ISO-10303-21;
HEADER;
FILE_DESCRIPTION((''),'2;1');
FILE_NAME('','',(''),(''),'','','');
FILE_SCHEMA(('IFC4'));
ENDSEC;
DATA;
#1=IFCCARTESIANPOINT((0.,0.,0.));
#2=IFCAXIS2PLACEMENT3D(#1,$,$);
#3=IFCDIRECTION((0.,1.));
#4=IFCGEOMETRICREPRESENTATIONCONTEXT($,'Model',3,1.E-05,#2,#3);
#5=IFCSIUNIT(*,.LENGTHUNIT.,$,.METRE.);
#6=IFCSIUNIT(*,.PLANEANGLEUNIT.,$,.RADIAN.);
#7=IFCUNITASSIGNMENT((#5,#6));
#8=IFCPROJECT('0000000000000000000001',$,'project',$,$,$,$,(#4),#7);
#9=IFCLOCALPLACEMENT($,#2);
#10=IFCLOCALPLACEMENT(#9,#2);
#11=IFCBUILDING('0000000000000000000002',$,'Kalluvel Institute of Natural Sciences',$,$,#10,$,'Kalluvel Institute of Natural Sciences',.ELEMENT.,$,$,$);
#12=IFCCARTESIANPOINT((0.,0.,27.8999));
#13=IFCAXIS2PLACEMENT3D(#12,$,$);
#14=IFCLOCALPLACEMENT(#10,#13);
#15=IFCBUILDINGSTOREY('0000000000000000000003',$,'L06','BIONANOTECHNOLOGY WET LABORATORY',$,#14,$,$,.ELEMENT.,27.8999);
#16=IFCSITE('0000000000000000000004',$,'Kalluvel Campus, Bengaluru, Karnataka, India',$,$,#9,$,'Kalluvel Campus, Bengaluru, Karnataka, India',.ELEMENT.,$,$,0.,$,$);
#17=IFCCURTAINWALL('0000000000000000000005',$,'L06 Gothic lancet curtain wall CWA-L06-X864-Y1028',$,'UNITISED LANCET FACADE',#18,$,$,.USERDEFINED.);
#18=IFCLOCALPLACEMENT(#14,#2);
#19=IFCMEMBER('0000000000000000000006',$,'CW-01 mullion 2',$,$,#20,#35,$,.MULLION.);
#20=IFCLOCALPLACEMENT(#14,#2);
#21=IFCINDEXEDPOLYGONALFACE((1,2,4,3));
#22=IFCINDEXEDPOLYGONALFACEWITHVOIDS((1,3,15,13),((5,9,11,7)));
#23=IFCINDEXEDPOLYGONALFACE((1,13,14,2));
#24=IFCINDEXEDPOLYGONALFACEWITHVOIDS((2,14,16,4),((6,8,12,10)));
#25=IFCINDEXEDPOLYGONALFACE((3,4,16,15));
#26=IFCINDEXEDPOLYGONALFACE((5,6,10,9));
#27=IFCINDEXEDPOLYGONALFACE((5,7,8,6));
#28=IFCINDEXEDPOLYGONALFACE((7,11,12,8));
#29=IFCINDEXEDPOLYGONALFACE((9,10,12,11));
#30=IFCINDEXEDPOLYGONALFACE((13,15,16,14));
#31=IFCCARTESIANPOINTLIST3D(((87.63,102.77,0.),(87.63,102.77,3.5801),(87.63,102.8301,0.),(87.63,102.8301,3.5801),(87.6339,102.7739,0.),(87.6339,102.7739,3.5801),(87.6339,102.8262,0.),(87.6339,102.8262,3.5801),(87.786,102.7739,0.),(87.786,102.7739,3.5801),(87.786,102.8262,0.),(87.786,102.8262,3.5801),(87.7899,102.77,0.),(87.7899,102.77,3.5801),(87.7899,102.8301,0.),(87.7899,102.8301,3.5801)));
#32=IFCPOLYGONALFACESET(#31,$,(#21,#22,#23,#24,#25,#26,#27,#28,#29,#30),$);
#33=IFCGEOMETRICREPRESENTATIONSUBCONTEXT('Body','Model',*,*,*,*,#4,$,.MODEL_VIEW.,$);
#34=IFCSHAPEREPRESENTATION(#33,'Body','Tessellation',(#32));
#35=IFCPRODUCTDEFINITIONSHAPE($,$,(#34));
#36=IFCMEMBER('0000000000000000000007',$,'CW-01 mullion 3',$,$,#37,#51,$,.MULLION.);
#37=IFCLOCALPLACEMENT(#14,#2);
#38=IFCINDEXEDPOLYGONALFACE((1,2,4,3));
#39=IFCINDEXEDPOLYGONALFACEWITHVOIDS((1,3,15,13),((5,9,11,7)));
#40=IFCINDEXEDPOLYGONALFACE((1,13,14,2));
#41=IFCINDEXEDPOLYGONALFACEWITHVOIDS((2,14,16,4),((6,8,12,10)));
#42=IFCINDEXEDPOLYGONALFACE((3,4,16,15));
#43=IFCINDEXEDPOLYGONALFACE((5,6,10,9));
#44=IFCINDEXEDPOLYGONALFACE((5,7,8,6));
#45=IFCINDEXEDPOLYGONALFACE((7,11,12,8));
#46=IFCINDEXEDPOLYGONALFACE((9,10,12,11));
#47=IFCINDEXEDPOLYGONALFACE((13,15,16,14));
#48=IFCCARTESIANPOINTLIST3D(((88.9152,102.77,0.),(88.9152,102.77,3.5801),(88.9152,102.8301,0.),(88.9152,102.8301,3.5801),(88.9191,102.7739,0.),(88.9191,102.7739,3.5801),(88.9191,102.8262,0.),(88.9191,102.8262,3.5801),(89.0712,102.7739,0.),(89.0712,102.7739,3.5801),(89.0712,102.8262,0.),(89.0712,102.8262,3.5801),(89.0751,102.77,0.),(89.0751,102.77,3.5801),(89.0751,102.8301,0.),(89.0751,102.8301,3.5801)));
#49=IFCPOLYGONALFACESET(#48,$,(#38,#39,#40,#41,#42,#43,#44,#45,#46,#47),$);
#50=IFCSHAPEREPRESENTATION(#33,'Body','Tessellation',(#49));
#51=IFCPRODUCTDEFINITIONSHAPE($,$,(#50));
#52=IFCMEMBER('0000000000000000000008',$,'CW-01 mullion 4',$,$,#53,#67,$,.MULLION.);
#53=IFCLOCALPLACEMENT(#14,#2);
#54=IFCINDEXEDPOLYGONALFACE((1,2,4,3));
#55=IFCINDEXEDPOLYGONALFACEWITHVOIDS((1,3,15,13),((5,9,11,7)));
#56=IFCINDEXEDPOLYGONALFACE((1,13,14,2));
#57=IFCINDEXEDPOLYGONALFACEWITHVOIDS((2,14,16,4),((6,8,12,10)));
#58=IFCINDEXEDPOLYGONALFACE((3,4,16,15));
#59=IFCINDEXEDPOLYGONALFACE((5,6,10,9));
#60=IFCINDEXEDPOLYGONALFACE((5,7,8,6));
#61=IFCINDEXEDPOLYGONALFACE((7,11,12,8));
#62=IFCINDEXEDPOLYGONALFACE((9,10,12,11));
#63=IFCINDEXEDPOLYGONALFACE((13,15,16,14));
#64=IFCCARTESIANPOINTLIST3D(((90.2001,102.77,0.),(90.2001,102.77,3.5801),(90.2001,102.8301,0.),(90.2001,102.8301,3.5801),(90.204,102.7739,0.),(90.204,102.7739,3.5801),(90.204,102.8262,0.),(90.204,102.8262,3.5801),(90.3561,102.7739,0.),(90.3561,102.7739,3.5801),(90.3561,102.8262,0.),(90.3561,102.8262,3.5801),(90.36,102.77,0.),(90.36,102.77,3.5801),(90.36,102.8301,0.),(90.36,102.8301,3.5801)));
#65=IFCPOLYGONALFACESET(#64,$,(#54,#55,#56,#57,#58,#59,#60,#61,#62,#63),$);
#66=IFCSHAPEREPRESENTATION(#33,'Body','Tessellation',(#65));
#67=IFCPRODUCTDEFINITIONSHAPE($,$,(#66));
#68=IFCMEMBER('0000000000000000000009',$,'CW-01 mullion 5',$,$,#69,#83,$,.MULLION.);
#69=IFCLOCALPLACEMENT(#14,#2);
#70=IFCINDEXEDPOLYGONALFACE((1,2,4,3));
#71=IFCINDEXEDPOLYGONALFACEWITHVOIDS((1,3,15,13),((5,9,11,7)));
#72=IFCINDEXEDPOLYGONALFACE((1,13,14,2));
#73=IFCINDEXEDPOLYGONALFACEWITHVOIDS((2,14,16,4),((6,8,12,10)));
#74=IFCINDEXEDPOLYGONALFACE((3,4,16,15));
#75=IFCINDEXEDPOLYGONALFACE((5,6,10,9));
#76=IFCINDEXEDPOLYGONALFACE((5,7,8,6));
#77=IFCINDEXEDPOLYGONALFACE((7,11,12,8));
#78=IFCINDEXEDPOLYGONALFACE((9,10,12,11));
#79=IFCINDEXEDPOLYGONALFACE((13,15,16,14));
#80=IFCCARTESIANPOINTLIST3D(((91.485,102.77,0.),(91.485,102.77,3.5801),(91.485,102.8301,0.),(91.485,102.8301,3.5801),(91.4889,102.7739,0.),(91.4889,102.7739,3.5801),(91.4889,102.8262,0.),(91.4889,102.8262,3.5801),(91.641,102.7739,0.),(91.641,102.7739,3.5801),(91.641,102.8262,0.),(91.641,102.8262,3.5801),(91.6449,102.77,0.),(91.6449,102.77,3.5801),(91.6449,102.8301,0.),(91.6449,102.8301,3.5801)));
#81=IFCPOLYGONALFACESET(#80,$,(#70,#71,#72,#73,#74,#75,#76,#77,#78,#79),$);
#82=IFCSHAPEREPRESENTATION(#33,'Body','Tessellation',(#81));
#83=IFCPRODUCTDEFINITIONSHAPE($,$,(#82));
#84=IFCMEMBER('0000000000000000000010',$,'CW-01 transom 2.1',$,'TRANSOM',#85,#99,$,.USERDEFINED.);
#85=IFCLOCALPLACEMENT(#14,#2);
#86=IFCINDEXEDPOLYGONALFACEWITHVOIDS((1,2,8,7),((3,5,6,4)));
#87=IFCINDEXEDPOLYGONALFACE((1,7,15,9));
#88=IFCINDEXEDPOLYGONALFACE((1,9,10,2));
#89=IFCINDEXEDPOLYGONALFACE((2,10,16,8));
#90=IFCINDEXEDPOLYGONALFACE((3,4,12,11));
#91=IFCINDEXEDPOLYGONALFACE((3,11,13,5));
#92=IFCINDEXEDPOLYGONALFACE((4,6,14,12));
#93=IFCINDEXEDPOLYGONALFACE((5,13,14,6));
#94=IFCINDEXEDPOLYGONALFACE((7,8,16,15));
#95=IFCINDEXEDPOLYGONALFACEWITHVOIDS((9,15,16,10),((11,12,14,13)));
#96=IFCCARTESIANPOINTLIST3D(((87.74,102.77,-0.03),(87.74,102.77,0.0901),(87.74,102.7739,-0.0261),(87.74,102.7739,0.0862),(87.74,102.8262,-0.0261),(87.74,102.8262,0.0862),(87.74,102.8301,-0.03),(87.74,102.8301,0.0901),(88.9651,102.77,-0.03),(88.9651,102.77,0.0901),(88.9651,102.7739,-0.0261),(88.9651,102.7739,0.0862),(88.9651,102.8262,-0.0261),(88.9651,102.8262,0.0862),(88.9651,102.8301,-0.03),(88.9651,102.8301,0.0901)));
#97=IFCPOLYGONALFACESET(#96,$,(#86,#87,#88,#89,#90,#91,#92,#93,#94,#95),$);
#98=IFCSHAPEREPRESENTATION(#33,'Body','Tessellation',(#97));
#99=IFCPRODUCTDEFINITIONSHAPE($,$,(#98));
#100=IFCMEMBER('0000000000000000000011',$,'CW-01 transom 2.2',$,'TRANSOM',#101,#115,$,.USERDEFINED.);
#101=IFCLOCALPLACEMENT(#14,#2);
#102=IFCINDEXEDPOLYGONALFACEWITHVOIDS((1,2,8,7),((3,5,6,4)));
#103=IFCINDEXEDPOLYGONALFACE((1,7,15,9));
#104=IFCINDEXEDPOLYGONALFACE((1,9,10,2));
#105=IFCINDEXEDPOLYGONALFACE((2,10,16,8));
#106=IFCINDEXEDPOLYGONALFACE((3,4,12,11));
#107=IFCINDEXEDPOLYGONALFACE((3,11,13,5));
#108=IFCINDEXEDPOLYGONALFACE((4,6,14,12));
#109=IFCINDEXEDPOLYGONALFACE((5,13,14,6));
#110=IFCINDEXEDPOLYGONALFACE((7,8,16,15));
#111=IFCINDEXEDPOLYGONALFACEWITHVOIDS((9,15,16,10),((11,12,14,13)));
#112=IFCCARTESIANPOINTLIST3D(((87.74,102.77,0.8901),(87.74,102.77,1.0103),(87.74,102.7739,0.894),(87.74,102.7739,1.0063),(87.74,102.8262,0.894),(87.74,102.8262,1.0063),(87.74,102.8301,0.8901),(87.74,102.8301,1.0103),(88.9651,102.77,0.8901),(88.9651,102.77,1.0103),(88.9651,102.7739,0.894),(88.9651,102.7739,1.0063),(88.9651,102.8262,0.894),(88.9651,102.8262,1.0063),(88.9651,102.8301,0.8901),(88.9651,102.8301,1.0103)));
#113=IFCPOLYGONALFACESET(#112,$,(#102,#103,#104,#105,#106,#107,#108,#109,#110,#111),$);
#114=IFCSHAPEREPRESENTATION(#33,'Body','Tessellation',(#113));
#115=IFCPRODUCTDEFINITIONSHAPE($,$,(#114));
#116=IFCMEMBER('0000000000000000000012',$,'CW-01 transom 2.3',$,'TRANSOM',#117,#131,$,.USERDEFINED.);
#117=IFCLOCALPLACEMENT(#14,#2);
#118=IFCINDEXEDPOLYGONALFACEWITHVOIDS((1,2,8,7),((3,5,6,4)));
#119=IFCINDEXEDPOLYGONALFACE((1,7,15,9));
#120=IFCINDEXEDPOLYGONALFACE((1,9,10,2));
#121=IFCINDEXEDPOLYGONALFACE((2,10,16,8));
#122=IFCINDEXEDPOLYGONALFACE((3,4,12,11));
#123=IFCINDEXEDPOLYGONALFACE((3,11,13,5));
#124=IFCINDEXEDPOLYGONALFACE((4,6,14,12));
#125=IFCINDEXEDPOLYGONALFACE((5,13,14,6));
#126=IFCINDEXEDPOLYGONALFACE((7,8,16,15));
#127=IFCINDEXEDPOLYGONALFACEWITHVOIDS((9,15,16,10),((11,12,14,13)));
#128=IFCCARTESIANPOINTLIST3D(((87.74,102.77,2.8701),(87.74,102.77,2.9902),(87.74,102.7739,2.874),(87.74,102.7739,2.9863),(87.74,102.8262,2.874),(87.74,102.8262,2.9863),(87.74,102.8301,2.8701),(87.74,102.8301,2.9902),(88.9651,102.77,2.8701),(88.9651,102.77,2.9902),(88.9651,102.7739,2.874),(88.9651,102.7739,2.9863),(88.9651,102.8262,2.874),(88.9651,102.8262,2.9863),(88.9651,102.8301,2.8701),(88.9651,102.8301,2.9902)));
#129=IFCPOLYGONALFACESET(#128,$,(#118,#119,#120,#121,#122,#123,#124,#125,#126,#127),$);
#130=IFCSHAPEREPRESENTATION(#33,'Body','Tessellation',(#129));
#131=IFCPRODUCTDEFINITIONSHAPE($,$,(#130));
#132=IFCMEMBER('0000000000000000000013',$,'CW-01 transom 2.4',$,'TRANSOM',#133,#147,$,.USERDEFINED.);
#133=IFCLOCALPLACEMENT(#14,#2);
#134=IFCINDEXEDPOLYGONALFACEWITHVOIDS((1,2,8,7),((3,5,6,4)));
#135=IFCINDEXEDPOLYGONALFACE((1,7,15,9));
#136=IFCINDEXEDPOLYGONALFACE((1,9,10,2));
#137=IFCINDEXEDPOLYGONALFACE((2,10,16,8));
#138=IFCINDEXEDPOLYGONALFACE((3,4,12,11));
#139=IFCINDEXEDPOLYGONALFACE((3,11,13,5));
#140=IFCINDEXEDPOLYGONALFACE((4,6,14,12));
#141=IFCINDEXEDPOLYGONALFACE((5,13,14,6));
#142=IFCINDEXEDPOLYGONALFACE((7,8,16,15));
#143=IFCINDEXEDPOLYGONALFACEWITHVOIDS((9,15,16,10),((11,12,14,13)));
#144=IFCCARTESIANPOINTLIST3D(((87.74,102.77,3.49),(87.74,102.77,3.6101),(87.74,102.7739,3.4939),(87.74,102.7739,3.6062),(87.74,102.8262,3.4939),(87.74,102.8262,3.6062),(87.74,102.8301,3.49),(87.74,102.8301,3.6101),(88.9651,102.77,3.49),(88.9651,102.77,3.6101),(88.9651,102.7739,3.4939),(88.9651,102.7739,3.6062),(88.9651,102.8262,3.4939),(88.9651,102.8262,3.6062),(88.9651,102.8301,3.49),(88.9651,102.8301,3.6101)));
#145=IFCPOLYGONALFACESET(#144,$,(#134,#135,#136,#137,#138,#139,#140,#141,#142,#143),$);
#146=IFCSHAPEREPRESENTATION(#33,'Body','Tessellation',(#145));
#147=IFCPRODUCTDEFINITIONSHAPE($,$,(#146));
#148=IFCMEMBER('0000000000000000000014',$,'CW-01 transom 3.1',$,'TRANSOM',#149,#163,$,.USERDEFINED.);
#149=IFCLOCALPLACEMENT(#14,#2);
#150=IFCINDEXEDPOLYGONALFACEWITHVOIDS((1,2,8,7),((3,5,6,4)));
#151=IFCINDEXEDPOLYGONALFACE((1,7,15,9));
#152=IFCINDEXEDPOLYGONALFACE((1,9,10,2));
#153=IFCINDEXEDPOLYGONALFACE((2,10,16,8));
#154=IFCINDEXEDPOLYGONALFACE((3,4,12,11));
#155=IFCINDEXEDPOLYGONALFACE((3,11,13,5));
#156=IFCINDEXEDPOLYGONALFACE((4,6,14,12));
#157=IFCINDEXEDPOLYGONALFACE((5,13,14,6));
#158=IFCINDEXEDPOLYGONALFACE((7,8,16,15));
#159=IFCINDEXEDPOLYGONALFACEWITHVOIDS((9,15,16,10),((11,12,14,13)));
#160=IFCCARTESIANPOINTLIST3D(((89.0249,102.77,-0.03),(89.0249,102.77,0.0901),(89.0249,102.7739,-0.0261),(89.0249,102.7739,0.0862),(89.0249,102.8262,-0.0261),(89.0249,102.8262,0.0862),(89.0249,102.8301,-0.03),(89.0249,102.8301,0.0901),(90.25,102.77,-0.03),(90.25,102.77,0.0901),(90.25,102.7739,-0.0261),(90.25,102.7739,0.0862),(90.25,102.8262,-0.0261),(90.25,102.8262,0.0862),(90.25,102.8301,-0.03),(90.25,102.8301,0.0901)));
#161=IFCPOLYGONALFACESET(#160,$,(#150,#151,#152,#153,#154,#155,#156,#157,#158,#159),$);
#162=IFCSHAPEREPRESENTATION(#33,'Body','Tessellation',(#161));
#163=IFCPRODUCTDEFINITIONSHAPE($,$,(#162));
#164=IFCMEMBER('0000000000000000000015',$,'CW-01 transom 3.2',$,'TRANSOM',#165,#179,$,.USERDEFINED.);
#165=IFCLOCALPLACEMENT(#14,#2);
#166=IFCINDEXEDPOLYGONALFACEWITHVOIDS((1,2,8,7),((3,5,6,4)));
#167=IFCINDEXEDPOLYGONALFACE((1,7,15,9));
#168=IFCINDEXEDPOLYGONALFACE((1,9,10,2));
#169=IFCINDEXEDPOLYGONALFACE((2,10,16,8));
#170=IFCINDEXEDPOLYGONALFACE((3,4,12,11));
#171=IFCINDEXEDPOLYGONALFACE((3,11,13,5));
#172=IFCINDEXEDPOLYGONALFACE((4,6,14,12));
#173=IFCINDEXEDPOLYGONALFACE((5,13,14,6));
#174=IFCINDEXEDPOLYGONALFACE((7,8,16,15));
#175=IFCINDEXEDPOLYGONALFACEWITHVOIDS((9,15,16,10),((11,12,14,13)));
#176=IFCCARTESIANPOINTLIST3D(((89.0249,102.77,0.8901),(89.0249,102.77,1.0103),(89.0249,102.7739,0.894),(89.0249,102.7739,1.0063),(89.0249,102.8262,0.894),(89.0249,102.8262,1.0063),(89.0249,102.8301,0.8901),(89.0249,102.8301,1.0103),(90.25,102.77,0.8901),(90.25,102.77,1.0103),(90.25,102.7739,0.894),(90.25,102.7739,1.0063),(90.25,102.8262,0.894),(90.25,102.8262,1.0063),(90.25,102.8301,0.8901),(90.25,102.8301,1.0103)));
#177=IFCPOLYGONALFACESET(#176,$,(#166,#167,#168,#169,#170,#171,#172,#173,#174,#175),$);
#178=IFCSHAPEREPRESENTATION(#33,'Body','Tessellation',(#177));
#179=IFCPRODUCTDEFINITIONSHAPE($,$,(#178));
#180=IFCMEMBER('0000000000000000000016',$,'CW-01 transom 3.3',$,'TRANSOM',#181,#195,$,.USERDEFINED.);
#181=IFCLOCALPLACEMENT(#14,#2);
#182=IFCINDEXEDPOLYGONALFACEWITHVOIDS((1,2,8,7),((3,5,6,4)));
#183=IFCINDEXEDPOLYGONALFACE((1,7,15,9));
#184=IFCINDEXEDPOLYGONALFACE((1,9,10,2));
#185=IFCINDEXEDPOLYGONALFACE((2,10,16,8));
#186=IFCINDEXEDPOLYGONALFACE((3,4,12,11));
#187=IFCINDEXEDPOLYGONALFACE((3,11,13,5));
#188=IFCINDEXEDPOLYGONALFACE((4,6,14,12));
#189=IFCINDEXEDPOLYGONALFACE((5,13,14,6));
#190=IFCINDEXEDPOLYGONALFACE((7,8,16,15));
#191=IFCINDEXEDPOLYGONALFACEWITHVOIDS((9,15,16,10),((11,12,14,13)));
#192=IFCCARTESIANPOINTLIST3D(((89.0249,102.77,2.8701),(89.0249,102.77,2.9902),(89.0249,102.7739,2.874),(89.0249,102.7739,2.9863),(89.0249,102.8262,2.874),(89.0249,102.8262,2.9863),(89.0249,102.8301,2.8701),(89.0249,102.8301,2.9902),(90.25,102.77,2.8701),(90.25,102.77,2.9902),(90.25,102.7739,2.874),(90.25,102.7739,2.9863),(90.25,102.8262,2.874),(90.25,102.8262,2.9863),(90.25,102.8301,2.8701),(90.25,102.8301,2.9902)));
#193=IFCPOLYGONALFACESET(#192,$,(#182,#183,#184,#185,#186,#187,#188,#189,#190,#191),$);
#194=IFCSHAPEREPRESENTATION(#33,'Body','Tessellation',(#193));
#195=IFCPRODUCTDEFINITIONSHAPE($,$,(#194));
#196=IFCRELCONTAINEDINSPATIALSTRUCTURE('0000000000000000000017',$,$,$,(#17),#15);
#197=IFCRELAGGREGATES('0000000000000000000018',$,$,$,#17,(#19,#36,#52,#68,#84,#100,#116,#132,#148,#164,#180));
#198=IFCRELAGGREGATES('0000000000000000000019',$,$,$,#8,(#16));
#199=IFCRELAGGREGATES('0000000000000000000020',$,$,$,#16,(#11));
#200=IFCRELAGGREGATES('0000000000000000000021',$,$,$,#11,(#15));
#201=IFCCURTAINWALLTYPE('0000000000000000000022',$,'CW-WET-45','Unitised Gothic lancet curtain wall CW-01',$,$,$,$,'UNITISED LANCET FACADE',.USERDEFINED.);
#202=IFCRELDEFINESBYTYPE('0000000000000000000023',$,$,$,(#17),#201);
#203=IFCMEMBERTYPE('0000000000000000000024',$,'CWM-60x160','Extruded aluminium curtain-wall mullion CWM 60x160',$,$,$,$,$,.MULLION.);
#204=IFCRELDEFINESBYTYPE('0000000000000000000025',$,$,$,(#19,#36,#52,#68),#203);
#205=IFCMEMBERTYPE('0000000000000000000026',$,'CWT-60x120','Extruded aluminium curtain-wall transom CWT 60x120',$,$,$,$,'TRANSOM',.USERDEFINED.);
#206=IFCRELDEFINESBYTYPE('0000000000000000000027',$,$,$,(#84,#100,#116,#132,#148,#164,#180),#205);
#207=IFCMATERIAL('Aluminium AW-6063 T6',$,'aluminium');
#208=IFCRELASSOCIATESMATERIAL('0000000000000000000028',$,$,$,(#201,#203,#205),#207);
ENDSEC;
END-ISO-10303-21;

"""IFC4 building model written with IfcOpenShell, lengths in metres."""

from ifc_helpers import new_model, si_unit, direction, frame, origin, origin_2d, place, context, subcontext, project, spatial, hollow_rectangle, extrude, material, material_profile, profile_set, type_object, element, aggregate, save


model = new_model("IFC4")

# Units and contexts
model_context = context("Model", 3, precision=1e-05, world=origin(), true_north=direction((0.0, 1.0)))
body_context = subcontext(model_context, "Body", "Model", "MODEL_VIEW")
ifc_project = project(units=[si_unit("LENGTHUNIT", "METRE"), si_unit("PLANEANGLEUNIT", "RADIAN")], contexts=[model_context])

# Site, building, storey
site_placement = place(None, origin())
site = spatial("IfcSite", under=ifc_project, at=site_placement, Name="Kalluvel Campus, Bengaluru, Karnataka, India", LongName="Kalluvel Campus, Bengaluru, Karnataka, India", CompositionType="ELEMENT", RefElevation=0.0)
building_placement = place(site_placement, origin())
building = spatial("IfcBuilding", under=site, at=building_placement, Name="Kalluvel Institute of Natural Sciences", LongName="Kalluvel Institute of Natural Sciences", CompositionType="ELEMENT")
storey_placement = place(building_placement, frame((0.0, 0.0, 27.8999)))
storey = spatial("IfcBuildingStorey", under=building, at=storey_placement, Name="L06", Description="BIONANOTECHNOLOGY WET LABORATORY", CompositionType="ELEMENT", Elevation=27.8999)

# Curtain wall, members
ifc_material_1 = material(Name="Aluminium AW-6063 T6", Category="aluminium")
curtain_wall_type = type_object("IfcCurtainWallType", Name="CW-WET-45", Description="Unitised Gothic lancet curtain wall CW-01", ElementType="UNITISED LANCET FACADE", PredefinedType="USERDEFINED", material=ifc_material_1)
curtain_wall_placement = place(storey_placement, origin())
curtain_wall = element("IfcCurtainWall", 1, at=curtain_wall_placement, inside=storey, type_object=curtain_wall_type, Name="L06 Gothic lancet curtain wall CWA-L06-X864-Y1028", ObjectType="UNITISED LANCET FACADE", PredefinedType="USERDEFINED")
ifc_material_profile_1 = material_profile(ifc_material_1, hollow_rectangle(XDim=0.0601, YDim=0.1599, WallThickness=0.0039, at=origin_2d()), Name="CWM 60x160")
ifc_profile_set_1 = profile_set([ifc_material_profile_1], Name="Aluminium AW-6063 T6")
member_type_1 = type_object("IfcMemberType", Name="CWM-60x160", Description="Extruded aluminium curtain-wall mullion CWM 60x160", PredefinedType="MULLION", material=ifc_profile_set_1)
member_1_placement = place(storey_placement, frame((87.71, 102.8, 0.0), z_axis=(0.0, 0.0, 1.0), x_axis=(0.0, 1.0, 0.0)))
member_1 = element("IfcMember", 2, at=member_1_placement, type_object=member_type_1, Name="CW-01 mullion 2", PredefinedType="MULLION", context=body_context, shape_type="SweptSolid", body=[
    extrude(hollow_rectangle(XDim=0.0601, YDim=0.1599, WallThickness=0.0039, at=origin_2d()), origin(), (0.0, 0.0, 1.0), 3.5801),
])
member_2_placement = place(storey_placement, frame((88.9951, 102.8, 0.0), z_axis=(0.0, 0.0, 1.0), x_axis=(0.0, 1.0, 0.0)))
member_2 = element("IfcMember", 3, at=member_2_placement, type_object=member_type_1, Name="CW-01 mullion 3", PredefinedType="MULLION", context=body_context, shape_type="SweptSolid", body=[
    extrude(hollow_rectangle(XDim=0.0601, YDim=0.1599, WallThickness=0.0039, at=origin_2d()), origin(), (0.0, 0.0, 1.0), 3.5801),
])
member_3_placement = place(storey_placement, frame((90.28, 102.8, 0.0), z_axis=(0.0, 0.0, 1.0), x_axis=(0.0, 1.0, 0.0)))
member_3 = element("IfcMember", 4, at=member_3_placement, type_object=member_type_1, Name="CW-01 mullion 4", PredefinedType="MULLION", context=body_context, shape_type="SweptSolid", body=[
    extrude(hollow_rectangle(XDim=0.0601, YDim=0.1599, WallThickness=0.0039, at=origin_2d()), origin(), (0.0, 0.0, 1.0), 3.5801),
])
member_4_placement = place(storey_placement, frame((91.5649, 102.8, 0.0), z_axis=(0.0, 0.0, 1.0), x_axis=(0.0, 1.0, 0.0)))
member_4 = element("IfcMember", 5, at=member_4_placement, type_object=member_type_1, Name="CW-01 mullion 5", PredefinedType="MULLION", context=body_context, shape_type="SweptSolid", body=[
    extrude(hollow_rectangle(XDim=0.0601, YDim=0.1599, WallThickness=0.0039, at=origin_2d()), origin(), (0.0, 0.0, 1.0), 3.5801),
])
ifc_material_profile_2 = material_profile(ifc_material_1, hollow_rectangle(XDim=0.0601, YDim=0.1201, WallThickness=0.0039, at=origin_2d()), Name="CWT 60x120")
ifc_profile_set_2 = profile_set([ifc_material_profile_2], Name="Aluminium AW-6063 T6")
member_type_2 = type_object("IfcMemberType", Name="CWT-60x120", Description="Extruded aluminium curtain-wall transom CWT 60x120", ElementType="TRANSOM", PredefinedType="USERDEFINED", material=ifc_profile_set_2)
member_5_placement = place(storey_placement, frame((87.74, 102.8, 0.03), z_axis=(1.0, 0.0, 0.0), x_axis=(0.0, 1.0, 0.0)))
member_5 = element("IfcMember", 6, at=member_5_placement, type_object=member_type_2, Name="CW-01 transom 2.1", ObjectType="TRANSOM", PredefinedType="USERDEFINED", context=body_context, shape_type="SweptSolid", body=[
    extrude(hollow_rectangle(XDim=0.0601, YDim=0.1201, WallThickness=0.0039, at=origin_2d()), origin(), (0.0, 0.0, 1.0), 1.2251),
])
member_6_placement = place(storey_placement, frame((87.74, 102.8, 0.9502), z_axis=(1.0, 0.0, 0.0), x_axis=(0.0, 1.0, 0.0)))
member_6 = element("IfcMember", 7, at=member_6_placement, type_object=member_type_2, Name="CW-01 transom 2.2", ObjectType="TRANSOM", PredefinedType="USERDEFINED", context=body_context, shape_type="SweptSolid", body=[
    extrude(hollow_rectangle(XDim=0.0601, YDim=0.1201, WallThickness=0.0039, at=origin_2d()), origin(), (0.0, 0.0, 1.0), 1.2251),
])
member_7_placement = place(storey_placement, frame((87.74, 102.8, 2.9302), z_axis=(1.0, 0.0, 0.0), x_axis=(0.0, 1.0, 0.0)))
member_7 = element("IfcMember", 8, at=member_7_placement, type_object=member_type_2, Name="CW-01 transom 2.3", ObjectType="TRANSOM", PredefinedType="USERDEFINED", context=body_context, shape_type="SweptSolid", body=[
    extrude(hollow_rectangle(XDim=0.0601, YDim=0.1201, WallThickness=0.0039, at=origin_2d()), origin(), (0.0, 0.0, 1.0), 1.2251),
])
member_8_placement = place(storey_placement, frame((87.74, 102.8, 3.55), z_axis=(1.0, 0.0, 0.0), x_axis=(0.0, 1.0, 0.0)))
member_8 = element("IfcMember", 9, at=member_8_placement, type_object=member_type_2, Name="CW-01 transom 2.4", ObjectType="TRANSOM", PredefinedType="USERDEFINED", context=body_context, shape_type="SweptSolid", body=[
    extrude(hollow_rectangle(XDim=0.0601, YDim=0.1201, WallThickness=0.0039, at=origin_2d()), origin(), (0.0, 0.0, 1.0), 1.2251),
])
member_9_placement = place(storey_placement, frame((89.0249, 102.8, 0.03), z_axis=(1.0, 0.0, 0.0), x_axis=(0.0, 1.0, 0.0)))
member_9 = element("IfcMember", 10, at=member_9_placement, type_object=member_type_2, Name="CW-01 transom 3.1", ObjectType="TRANSOM", PredefinedType="USERDEFINED", context=body_context, shape_type="SweptSolid", body=[
    extrude(hollow_rectangle(XDim=0.0601, YDim=0.1201, WallThickness=0.0039, at=origin_2d()), origin(), (0.0, 0.0, 1.0), 1.2251),
])
member_10_placement = place(storey_placement, frame((89.0249, 102.8, 0.9502), z_axis=(1.0, 0.0, 0.0), x_axis=(0.0, 1.0, 0.0)))
member_10 = element("IfcMember", 11, at=member_10_placement, type_object=member_type_2, Name="CW-01 transom 3.2", ObjectType="TRANSOM", PredefinedType="USERDEFINED", context=body_context, shape_type="SweptSolid", body=[
    extrude(hollow_rectangle(XDim=0.0601, YDim=0.1201, WallThickness=0.0039, at=origin_2d()), origin(), (0.0, 0.0, 1.0), 1.2251),
])
member_11_placement = place(storey_placement, frame((89.0249, 102.8, 2.9302), z_axis=(1.0, 0.0, 0.0), x_axis=(0.0, 1.0, 0.0)))
member_11 = element("IfcMember", 12, at=member_11_placement, type_object=member_type_2, Name="CW-01 transom 3.3", ObjectType="TRANSOM", PredefinedType="USERDEFINED", context=body_context, shape_type="SweptSolid", body=[
    extrude(hollow_rectangle(XDim=0.0601, YDim=0.1201, WallThickness=0.0039, at=origin_2d()), origin(), (0.0, 0.0, 1.0), 1.2251),
])
aggregate(curtain_wall, [member_1, member_2, member_3, member_4, member_5, member_6, member_7, member_8, member_9, member_10, member_11])

save(model, "model.ifc")
